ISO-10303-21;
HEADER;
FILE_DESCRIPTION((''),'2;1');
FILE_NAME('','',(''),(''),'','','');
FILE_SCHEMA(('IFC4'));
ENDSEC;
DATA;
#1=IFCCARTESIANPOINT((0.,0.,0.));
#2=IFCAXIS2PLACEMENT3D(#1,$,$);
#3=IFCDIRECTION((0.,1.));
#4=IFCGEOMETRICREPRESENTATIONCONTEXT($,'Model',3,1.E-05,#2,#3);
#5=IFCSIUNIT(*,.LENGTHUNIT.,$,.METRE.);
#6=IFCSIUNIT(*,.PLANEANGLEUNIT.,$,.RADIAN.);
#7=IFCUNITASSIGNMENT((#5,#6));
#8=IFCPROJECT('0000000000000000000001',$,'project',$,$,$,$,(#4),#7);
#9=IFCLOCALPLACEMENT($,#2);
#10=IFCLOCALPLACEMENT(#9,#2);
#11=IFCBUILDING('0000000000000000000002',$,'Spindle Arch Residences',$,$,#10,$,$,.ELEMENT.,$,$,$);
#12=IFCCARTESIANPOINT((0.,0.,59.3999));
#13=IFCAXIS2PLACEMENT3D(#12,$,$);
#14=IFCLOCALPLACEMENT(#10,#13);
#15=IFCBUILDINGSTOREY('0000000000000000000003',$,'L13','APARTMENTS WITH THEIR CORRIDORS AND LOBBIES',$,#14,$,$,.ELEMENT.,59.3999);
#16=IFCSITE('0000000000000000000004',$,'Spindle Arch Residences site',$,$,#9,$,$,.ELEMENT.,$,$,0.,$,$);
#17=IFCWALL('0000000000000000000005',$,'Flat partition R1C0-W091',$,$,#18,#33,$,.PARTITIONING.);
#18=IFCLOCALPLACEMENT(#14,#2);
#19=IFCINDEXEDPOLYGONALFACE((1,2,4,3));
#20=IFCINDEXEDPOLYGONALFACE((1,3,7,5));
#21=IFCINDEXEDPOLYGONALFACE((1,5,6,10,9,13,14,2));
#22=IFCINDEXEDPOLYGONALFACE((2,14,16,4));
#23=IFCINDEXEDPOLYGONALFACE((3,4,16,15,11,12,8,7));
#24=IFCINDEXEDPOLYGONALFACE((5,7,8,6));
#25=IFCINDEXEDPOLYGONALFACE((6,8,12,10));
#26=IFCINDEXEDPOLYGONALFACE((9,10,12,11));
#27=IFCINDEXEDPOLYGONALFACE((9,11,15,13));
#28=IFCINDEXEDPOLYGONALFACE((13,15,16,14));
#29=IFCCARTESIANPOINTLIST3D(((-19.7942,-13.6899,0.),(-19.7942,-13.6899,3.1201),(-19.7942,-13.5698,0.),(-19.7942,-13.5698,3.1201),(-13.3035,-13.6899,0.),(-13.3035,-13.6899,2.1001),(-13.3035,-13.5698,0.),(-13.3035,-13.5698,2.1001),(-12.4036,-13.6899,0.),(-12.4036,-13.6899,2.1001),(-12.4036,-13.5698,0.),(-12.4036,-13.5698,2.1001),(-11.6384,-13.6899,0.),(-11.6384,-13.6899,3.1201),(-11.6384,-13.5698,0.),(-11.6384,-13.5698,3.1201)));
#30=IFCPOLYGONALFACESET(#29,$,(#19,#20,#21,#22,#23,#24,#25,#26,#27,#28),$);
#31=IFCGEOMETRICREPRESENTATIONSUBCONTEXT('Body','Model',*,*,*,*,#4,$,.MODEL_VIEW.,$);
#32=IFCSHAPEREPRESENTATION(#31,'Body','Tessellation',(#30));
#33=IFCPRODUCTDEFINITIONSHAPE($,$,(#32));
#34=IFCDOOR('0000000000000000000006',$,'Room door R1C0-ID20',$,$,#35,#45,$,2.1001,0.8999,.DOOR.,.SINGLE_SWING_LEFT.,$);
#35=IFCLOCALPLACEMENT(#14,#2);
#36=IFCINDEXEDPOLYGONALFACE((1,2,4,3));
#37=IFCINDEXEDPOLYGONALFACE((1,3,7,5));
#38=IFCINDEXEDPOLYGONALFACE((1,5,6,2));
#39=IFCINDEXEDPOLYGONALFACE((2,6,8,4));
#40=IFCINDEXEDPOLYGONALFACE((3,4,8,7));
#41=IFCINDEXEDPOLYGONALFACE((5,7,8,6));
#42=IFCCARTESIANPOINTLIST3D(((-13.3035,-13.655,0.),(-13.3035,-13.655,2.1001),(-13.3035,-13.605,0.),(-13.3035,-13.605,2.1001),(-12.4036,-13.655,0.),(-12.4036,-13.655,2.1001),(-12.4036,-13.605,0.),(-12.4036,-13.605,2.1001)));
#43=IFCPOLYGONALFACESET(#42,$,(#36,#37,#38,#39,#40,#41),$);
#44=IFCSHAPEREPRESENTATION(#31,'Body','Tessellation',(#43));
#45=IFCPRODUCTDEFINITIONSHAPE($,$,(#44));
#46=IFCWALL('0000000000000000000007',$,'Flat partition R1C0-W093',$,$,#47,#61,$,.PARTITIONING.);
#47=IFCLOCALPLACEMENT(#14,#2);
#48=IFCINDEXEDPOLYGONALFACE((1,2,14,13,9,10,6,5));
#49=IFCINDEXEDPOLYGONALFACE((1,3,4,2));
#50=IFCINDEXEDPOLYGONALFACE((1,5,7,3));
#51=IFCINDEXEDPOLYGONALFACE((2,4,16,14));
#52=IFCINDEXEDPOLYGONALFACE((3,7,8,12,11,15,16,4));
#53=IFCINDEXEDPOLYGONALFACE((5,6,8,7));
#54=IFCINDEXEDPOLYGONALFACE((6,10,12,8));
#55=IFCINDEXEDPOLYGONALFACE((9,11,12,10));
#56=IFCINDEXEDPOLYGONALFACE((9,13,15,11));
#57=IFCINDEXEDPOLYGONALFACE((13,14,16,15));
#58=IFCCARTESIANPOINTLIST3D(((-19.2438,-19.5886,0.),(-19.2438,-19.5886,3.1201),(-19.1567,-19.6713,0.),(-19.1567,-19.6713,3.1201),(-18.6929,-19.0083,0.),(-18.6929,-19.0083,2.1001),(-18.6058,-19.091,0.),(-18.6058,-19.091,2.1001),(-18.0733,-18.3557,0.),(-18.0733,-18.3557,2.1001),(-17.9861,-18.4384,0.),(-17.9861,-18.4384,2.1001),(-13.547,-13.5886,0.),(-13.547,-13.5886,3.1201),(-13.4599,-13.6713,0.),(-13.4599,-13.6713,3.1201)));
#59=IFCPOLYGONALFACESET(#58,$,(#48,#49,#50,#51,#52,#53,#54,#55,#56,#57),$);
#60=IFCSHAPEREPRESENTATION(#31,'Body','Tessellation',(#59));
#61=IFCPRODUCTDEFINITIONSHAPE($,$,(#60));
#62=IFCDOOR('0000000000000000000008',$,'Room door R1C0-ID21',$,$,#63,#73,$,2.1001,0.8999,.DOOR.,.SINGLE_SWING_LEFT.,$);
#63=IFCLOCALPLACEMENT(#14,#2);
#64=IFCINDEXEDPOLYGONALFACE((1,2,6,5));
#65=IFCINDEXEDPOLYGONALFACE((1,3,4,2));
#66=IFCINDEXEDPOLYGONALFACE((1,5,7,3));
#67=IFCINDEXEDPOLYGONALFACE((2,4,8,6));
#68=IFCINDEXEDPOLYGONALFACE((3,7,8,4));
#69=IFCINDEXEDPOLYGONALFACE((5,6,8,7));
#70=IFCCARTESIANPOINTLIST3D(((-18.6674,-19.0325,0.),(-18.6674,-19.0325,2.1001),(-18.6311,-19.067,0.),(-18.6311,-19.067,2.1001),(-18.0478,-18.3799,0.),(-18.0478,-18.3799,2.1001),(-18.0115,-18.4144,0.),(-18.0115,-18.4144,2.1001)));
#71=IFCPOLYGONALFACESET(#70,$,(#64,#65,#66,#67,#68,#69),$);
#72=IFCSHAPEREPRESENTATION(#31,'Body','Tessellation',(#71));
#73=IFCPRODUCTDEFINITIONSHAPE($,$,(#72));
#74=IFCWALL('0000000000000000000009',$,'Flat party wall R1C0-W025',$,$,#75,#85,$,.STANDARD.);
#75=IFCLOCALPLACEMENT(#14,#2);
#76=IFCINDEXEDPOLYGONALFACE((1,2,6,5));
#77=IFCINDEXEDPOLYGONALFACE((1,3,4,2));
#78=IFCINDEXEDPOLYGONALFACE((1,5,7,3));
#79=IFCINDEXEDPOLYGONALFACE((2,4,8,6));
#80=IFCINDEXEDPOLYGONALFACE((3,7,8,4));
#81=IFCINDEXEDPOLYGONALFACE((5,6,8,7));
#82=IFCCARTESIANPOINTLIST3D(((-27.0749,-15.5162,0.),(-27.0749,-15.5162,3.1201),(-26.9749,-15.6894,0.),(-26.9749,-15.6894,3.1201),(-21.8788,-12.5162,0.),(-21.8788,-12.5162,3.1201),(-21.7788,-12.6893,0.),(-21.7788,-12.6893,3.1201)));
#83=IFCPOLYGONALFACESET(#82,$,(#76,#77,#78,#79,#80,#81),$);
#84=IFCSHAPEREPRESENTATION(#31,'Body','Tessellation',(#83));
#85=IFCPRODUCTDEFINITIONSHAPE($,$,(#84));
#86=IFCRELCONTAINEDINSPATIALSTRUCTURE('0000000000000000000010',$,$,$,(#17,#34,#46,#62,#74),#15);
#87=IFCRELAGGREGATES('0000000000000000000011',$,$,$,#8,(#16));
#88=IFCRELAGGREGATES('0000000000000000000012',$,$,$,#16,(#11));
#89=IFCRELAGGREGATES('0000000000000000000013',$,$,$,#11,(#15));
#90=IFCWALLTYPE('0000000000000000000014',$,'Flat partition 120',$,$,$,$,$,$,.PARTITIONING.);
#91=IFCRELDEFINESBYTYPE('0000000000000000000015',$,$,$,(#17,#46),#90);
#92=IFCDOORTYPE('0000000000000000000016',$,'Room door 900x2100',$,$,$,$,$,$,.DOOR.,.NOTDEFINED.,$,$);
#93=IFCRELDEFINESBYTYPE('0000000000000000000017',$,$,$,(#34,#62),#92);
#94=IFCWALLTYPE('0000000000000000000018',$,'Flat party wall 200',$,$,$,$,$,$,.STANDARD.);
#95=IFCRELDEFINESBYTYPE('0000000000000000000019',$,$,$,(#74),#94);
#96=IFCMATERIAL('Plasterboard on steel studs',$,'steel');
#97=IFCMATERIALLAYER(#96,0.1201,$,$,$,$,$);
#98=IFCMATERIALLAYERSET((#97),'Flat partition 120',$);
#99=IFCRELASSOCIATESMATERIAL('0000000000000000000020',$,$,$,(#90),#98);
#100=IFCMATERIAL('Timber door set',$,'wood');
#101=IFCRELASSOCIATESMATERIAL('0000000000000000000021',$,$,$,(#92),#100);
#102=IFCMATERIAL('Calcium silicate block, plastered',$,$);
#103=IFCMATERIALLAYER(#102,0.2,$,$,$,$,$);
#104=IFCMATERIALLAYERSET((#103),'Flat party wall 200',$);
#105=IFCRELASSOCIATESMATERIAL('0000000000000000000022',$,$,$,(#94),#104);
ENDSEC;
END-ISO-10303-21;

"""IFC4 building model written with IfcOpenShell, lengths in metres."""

from ifc_helpers import new_model, si_unit, direction, frame, frame_2d, origin, place, context, subcontext, project, spatial, rectangle, extrude, material, layer, layer_set, type_object, element, fill, save


model = new_model("IFC4")

# Units and contexts
model_context = context("Model", 3, precision=1e-05, world=origin(), true_north=direction((0.0, 1.0)))
body_context = subcontext(model_context, "Body", "Model", "MODEL_VIEW")
ifc_project = project(units=[si_unit("LENGTHUNIT", "METRE"), si_unit("PLANEANGLEUNIT", "RADIAN")], contexts=[model_context])

# Site, building, storey
site_placement = place(None, origin())
site = spatial("IfcSite", under=ifc_project, at=site_placement, Name="Spindle Arch Residences site", CompositionType="ELEMENT", RefElevation=0.0)
building_placement = place(site_placement, origin())
building = spatial("IfcBuilding", under=site, at=building_placement, Name="Spindle Arch Residences", CompositionType="ELEMENT")
storey_placement = place(building_placement, frame((0.0, 0.0, 59.3999)))
storey = spatial("IfcBuildingStorey", under=building, at=storey_placement, Name="L13", Description="APARTMENTS WITH THEIR CORRIDORS AND LOBBIES", CompositionType="ELEMENT", Elevation=59.3999)

# Shared definitions
ifc_material_1 = material(Name="Plasterboard on steel studs", Category="steel")
ifc_layer_1 = layer(ifc_material_1, 0.1201)
ifc_layer_set_1 = layer_set([ifc_layer_1], Name="Flat partition 120")
wall_type_1 = type_object("IfcWallType", Name="Flat partition 120", PredefinedType="PARTITIONING", material=ifc_layer_set_1)

# Shared definitions
ifc_material_2 = material(Name="Timber door set", Category="wood")
door_type = type_object("IfcDoorType", Name="Room door 900x2100", OperationType="NOTDEFINED", PredefinedType="DOOR", material=ifc_material_2)

# Walls, openings, doors
wall_1_placement = place(storey_placement, frame((-19.7942, -13.6299, 0.0), z_axis=(0.0, 0.0, 1.0), x_axis=(1.0, 0.0, 0.0)))
wall_1 = element("IfcWall", 1, at=wall_1_placement, inside=storey, type_object=wall_type_1, Name="Flat partition R1C0-W091", PredefinedType="PARTITIONING", context=body_context, shape_type="SweptSolid", body=[
    extrude(rectangle(XDim=8.1558, YDim=0.1201, at=frame_2d((4.0779, 0.0))), origin(), (0.0, 0.0, 1.0), 3.1201),
])
opening_1_placement = place(wall_1_placement, frame((6.4907, 0.0, 0.0)))
opening_1 = element("IfcOpeningElement", 2, at=opening_1_placement, cuts=wall_1, PredefinedType="OPENING", context=body_context, shape_type="SweptSolid", body=[
    extrude(rectangle(XDim=0.8999, YDim=2.1001, at=frame_2d((0.45, 1.05))), frame((0.0, 0.0701, 0.0), z_axis=(0.0, -1.0, 0.0), x_axis=(1.0, 0.0, 0.0)), (0.0, 0.0, 1.0), 0.1401),
])
door_1_placement = place(opening_1_placement, origin())
door_1 = element("IfcDoor", 3, at=door_1_placement, inside=storey, type_object=door_type, Name="Room door R1C0-ID20", OperationType="SINGLE_SWING_LEFT", OverallHeight=2.1001, OverallWidth=0.8999, PredefinedType="DOOR", context=body_context, shape_type="SweptSolid", body=[
    extrude(rectangle(XDim=0.8999, YDim=2.1001, at=frame_2d((0.45, 1.05))), frame((0.0, 0.0249, 0.0), z_axis=(0.0, -1.0, 0.0), x_axis=(1.0, 0.0, 0.0)), (0.0, 0.0, 1.0), 0.05),
])
fill(opening_1, door_1)
wall_2_placement = place(storey_placement, frame((-19.2002, -19.6299, 0.0), z_axis=(0.0, 0.0, 1.0), x_axis=(0.688545, 0.725194, 0.0)))
wall_2 = element("IfcWall", 4, at=wall_2_placement, inside=storey, type_object=wall_type_1, Name="Flat partition R1C0-W093", PredefinedType="PARTITIONING", context=body_context, shape_type="SweptSolid", body=[
    extrude(rectangle(XDim=8.2737, YDim=0.1201, at=frame_2d((4.1367, 0.0))), origin(), (0.0, 0.0, 1.0), 3.1201),
])
opening_2_placement = place(wall_2_placement, frame((0.8, 0.0, 0.0)))
opening_2 = element("IfcOpeningElement", 5, at=opening_2_placement, cuts=wall_2, PredefinedType="OPENING", context=body_context, shape_type="SweptSolid", body=[
    extrude(rectangle(XDim=0.8999, YDim=2.1001, at=frame_2d((0.45, 1.05))), frame((0.0, 0.0701, 0.0), z_axis=(0.0, -1.0, 0.0), x_axis=(1.0, 0.0, 0.0)), (0.0, 0.0, 1.0), 0.1401),
])
door_2_placement = place(opening_2_placement, origin())
door_2 = element("IfcDoor", 6, at=door_2_placement, inside=storey, type_object=door_type, Name="Room door R1C0-ID21", OperationType="SINGLE_SWING_LEFT", OverallHeight=2.1001, OverallWidth=0.8999, PredefinedType="DOOR", context=body_context, shape_type="SweptSolid", body=[
    extrude(rectangle(XDim=0.8999, YDim=2.1001, at=frame_2d((0.45, 1.05))), frame((0.0, 0.0249, 0.0), z_axis=(0.0, -1.0, 0.0), x_axis=(1.0, 0.0, 0.0)), (0.0, 0.0, 1.0), 0.05),
])
fill(opening_2, door_2)

# Wall
ifc_material_3 = material(Name="Calcium silicate block, plastered")
ifc_layer_2 = layer(ifc_material_3, 0.2)
ifc_layer_set_2 = layer_set([ifc_layer_2], Name="Flat party wall 200")
wall_type_2 = type_object("IfcWallType", Name="Flat party wall 200", PredefinedType="STANDARD", material=ifc_layer_set_2)
wall_3_placement = place(storey_placement, frame((-27.0249, -15.6028, 0.0), z_axis=(0.0, 0.0, 1.0), x_axis=(0.866021, 0.500008, 0.0)))
element("IfcWall", 7, at=wall_3_placement, inside=storey, type_object=wall_type_2, Name="Flat party wall R1C0-W025", PredefinedType="STANDARD", context=body_context, shape_type="SweptSolid", body=[
    extrude(rectangle(XDim=6.0, YDim=0.2, at=frame_2d((3.0, 0.0))), origin(), (0.0, 0.0, 1.0), 3.1201),
])

save(model, "model.ifc")
